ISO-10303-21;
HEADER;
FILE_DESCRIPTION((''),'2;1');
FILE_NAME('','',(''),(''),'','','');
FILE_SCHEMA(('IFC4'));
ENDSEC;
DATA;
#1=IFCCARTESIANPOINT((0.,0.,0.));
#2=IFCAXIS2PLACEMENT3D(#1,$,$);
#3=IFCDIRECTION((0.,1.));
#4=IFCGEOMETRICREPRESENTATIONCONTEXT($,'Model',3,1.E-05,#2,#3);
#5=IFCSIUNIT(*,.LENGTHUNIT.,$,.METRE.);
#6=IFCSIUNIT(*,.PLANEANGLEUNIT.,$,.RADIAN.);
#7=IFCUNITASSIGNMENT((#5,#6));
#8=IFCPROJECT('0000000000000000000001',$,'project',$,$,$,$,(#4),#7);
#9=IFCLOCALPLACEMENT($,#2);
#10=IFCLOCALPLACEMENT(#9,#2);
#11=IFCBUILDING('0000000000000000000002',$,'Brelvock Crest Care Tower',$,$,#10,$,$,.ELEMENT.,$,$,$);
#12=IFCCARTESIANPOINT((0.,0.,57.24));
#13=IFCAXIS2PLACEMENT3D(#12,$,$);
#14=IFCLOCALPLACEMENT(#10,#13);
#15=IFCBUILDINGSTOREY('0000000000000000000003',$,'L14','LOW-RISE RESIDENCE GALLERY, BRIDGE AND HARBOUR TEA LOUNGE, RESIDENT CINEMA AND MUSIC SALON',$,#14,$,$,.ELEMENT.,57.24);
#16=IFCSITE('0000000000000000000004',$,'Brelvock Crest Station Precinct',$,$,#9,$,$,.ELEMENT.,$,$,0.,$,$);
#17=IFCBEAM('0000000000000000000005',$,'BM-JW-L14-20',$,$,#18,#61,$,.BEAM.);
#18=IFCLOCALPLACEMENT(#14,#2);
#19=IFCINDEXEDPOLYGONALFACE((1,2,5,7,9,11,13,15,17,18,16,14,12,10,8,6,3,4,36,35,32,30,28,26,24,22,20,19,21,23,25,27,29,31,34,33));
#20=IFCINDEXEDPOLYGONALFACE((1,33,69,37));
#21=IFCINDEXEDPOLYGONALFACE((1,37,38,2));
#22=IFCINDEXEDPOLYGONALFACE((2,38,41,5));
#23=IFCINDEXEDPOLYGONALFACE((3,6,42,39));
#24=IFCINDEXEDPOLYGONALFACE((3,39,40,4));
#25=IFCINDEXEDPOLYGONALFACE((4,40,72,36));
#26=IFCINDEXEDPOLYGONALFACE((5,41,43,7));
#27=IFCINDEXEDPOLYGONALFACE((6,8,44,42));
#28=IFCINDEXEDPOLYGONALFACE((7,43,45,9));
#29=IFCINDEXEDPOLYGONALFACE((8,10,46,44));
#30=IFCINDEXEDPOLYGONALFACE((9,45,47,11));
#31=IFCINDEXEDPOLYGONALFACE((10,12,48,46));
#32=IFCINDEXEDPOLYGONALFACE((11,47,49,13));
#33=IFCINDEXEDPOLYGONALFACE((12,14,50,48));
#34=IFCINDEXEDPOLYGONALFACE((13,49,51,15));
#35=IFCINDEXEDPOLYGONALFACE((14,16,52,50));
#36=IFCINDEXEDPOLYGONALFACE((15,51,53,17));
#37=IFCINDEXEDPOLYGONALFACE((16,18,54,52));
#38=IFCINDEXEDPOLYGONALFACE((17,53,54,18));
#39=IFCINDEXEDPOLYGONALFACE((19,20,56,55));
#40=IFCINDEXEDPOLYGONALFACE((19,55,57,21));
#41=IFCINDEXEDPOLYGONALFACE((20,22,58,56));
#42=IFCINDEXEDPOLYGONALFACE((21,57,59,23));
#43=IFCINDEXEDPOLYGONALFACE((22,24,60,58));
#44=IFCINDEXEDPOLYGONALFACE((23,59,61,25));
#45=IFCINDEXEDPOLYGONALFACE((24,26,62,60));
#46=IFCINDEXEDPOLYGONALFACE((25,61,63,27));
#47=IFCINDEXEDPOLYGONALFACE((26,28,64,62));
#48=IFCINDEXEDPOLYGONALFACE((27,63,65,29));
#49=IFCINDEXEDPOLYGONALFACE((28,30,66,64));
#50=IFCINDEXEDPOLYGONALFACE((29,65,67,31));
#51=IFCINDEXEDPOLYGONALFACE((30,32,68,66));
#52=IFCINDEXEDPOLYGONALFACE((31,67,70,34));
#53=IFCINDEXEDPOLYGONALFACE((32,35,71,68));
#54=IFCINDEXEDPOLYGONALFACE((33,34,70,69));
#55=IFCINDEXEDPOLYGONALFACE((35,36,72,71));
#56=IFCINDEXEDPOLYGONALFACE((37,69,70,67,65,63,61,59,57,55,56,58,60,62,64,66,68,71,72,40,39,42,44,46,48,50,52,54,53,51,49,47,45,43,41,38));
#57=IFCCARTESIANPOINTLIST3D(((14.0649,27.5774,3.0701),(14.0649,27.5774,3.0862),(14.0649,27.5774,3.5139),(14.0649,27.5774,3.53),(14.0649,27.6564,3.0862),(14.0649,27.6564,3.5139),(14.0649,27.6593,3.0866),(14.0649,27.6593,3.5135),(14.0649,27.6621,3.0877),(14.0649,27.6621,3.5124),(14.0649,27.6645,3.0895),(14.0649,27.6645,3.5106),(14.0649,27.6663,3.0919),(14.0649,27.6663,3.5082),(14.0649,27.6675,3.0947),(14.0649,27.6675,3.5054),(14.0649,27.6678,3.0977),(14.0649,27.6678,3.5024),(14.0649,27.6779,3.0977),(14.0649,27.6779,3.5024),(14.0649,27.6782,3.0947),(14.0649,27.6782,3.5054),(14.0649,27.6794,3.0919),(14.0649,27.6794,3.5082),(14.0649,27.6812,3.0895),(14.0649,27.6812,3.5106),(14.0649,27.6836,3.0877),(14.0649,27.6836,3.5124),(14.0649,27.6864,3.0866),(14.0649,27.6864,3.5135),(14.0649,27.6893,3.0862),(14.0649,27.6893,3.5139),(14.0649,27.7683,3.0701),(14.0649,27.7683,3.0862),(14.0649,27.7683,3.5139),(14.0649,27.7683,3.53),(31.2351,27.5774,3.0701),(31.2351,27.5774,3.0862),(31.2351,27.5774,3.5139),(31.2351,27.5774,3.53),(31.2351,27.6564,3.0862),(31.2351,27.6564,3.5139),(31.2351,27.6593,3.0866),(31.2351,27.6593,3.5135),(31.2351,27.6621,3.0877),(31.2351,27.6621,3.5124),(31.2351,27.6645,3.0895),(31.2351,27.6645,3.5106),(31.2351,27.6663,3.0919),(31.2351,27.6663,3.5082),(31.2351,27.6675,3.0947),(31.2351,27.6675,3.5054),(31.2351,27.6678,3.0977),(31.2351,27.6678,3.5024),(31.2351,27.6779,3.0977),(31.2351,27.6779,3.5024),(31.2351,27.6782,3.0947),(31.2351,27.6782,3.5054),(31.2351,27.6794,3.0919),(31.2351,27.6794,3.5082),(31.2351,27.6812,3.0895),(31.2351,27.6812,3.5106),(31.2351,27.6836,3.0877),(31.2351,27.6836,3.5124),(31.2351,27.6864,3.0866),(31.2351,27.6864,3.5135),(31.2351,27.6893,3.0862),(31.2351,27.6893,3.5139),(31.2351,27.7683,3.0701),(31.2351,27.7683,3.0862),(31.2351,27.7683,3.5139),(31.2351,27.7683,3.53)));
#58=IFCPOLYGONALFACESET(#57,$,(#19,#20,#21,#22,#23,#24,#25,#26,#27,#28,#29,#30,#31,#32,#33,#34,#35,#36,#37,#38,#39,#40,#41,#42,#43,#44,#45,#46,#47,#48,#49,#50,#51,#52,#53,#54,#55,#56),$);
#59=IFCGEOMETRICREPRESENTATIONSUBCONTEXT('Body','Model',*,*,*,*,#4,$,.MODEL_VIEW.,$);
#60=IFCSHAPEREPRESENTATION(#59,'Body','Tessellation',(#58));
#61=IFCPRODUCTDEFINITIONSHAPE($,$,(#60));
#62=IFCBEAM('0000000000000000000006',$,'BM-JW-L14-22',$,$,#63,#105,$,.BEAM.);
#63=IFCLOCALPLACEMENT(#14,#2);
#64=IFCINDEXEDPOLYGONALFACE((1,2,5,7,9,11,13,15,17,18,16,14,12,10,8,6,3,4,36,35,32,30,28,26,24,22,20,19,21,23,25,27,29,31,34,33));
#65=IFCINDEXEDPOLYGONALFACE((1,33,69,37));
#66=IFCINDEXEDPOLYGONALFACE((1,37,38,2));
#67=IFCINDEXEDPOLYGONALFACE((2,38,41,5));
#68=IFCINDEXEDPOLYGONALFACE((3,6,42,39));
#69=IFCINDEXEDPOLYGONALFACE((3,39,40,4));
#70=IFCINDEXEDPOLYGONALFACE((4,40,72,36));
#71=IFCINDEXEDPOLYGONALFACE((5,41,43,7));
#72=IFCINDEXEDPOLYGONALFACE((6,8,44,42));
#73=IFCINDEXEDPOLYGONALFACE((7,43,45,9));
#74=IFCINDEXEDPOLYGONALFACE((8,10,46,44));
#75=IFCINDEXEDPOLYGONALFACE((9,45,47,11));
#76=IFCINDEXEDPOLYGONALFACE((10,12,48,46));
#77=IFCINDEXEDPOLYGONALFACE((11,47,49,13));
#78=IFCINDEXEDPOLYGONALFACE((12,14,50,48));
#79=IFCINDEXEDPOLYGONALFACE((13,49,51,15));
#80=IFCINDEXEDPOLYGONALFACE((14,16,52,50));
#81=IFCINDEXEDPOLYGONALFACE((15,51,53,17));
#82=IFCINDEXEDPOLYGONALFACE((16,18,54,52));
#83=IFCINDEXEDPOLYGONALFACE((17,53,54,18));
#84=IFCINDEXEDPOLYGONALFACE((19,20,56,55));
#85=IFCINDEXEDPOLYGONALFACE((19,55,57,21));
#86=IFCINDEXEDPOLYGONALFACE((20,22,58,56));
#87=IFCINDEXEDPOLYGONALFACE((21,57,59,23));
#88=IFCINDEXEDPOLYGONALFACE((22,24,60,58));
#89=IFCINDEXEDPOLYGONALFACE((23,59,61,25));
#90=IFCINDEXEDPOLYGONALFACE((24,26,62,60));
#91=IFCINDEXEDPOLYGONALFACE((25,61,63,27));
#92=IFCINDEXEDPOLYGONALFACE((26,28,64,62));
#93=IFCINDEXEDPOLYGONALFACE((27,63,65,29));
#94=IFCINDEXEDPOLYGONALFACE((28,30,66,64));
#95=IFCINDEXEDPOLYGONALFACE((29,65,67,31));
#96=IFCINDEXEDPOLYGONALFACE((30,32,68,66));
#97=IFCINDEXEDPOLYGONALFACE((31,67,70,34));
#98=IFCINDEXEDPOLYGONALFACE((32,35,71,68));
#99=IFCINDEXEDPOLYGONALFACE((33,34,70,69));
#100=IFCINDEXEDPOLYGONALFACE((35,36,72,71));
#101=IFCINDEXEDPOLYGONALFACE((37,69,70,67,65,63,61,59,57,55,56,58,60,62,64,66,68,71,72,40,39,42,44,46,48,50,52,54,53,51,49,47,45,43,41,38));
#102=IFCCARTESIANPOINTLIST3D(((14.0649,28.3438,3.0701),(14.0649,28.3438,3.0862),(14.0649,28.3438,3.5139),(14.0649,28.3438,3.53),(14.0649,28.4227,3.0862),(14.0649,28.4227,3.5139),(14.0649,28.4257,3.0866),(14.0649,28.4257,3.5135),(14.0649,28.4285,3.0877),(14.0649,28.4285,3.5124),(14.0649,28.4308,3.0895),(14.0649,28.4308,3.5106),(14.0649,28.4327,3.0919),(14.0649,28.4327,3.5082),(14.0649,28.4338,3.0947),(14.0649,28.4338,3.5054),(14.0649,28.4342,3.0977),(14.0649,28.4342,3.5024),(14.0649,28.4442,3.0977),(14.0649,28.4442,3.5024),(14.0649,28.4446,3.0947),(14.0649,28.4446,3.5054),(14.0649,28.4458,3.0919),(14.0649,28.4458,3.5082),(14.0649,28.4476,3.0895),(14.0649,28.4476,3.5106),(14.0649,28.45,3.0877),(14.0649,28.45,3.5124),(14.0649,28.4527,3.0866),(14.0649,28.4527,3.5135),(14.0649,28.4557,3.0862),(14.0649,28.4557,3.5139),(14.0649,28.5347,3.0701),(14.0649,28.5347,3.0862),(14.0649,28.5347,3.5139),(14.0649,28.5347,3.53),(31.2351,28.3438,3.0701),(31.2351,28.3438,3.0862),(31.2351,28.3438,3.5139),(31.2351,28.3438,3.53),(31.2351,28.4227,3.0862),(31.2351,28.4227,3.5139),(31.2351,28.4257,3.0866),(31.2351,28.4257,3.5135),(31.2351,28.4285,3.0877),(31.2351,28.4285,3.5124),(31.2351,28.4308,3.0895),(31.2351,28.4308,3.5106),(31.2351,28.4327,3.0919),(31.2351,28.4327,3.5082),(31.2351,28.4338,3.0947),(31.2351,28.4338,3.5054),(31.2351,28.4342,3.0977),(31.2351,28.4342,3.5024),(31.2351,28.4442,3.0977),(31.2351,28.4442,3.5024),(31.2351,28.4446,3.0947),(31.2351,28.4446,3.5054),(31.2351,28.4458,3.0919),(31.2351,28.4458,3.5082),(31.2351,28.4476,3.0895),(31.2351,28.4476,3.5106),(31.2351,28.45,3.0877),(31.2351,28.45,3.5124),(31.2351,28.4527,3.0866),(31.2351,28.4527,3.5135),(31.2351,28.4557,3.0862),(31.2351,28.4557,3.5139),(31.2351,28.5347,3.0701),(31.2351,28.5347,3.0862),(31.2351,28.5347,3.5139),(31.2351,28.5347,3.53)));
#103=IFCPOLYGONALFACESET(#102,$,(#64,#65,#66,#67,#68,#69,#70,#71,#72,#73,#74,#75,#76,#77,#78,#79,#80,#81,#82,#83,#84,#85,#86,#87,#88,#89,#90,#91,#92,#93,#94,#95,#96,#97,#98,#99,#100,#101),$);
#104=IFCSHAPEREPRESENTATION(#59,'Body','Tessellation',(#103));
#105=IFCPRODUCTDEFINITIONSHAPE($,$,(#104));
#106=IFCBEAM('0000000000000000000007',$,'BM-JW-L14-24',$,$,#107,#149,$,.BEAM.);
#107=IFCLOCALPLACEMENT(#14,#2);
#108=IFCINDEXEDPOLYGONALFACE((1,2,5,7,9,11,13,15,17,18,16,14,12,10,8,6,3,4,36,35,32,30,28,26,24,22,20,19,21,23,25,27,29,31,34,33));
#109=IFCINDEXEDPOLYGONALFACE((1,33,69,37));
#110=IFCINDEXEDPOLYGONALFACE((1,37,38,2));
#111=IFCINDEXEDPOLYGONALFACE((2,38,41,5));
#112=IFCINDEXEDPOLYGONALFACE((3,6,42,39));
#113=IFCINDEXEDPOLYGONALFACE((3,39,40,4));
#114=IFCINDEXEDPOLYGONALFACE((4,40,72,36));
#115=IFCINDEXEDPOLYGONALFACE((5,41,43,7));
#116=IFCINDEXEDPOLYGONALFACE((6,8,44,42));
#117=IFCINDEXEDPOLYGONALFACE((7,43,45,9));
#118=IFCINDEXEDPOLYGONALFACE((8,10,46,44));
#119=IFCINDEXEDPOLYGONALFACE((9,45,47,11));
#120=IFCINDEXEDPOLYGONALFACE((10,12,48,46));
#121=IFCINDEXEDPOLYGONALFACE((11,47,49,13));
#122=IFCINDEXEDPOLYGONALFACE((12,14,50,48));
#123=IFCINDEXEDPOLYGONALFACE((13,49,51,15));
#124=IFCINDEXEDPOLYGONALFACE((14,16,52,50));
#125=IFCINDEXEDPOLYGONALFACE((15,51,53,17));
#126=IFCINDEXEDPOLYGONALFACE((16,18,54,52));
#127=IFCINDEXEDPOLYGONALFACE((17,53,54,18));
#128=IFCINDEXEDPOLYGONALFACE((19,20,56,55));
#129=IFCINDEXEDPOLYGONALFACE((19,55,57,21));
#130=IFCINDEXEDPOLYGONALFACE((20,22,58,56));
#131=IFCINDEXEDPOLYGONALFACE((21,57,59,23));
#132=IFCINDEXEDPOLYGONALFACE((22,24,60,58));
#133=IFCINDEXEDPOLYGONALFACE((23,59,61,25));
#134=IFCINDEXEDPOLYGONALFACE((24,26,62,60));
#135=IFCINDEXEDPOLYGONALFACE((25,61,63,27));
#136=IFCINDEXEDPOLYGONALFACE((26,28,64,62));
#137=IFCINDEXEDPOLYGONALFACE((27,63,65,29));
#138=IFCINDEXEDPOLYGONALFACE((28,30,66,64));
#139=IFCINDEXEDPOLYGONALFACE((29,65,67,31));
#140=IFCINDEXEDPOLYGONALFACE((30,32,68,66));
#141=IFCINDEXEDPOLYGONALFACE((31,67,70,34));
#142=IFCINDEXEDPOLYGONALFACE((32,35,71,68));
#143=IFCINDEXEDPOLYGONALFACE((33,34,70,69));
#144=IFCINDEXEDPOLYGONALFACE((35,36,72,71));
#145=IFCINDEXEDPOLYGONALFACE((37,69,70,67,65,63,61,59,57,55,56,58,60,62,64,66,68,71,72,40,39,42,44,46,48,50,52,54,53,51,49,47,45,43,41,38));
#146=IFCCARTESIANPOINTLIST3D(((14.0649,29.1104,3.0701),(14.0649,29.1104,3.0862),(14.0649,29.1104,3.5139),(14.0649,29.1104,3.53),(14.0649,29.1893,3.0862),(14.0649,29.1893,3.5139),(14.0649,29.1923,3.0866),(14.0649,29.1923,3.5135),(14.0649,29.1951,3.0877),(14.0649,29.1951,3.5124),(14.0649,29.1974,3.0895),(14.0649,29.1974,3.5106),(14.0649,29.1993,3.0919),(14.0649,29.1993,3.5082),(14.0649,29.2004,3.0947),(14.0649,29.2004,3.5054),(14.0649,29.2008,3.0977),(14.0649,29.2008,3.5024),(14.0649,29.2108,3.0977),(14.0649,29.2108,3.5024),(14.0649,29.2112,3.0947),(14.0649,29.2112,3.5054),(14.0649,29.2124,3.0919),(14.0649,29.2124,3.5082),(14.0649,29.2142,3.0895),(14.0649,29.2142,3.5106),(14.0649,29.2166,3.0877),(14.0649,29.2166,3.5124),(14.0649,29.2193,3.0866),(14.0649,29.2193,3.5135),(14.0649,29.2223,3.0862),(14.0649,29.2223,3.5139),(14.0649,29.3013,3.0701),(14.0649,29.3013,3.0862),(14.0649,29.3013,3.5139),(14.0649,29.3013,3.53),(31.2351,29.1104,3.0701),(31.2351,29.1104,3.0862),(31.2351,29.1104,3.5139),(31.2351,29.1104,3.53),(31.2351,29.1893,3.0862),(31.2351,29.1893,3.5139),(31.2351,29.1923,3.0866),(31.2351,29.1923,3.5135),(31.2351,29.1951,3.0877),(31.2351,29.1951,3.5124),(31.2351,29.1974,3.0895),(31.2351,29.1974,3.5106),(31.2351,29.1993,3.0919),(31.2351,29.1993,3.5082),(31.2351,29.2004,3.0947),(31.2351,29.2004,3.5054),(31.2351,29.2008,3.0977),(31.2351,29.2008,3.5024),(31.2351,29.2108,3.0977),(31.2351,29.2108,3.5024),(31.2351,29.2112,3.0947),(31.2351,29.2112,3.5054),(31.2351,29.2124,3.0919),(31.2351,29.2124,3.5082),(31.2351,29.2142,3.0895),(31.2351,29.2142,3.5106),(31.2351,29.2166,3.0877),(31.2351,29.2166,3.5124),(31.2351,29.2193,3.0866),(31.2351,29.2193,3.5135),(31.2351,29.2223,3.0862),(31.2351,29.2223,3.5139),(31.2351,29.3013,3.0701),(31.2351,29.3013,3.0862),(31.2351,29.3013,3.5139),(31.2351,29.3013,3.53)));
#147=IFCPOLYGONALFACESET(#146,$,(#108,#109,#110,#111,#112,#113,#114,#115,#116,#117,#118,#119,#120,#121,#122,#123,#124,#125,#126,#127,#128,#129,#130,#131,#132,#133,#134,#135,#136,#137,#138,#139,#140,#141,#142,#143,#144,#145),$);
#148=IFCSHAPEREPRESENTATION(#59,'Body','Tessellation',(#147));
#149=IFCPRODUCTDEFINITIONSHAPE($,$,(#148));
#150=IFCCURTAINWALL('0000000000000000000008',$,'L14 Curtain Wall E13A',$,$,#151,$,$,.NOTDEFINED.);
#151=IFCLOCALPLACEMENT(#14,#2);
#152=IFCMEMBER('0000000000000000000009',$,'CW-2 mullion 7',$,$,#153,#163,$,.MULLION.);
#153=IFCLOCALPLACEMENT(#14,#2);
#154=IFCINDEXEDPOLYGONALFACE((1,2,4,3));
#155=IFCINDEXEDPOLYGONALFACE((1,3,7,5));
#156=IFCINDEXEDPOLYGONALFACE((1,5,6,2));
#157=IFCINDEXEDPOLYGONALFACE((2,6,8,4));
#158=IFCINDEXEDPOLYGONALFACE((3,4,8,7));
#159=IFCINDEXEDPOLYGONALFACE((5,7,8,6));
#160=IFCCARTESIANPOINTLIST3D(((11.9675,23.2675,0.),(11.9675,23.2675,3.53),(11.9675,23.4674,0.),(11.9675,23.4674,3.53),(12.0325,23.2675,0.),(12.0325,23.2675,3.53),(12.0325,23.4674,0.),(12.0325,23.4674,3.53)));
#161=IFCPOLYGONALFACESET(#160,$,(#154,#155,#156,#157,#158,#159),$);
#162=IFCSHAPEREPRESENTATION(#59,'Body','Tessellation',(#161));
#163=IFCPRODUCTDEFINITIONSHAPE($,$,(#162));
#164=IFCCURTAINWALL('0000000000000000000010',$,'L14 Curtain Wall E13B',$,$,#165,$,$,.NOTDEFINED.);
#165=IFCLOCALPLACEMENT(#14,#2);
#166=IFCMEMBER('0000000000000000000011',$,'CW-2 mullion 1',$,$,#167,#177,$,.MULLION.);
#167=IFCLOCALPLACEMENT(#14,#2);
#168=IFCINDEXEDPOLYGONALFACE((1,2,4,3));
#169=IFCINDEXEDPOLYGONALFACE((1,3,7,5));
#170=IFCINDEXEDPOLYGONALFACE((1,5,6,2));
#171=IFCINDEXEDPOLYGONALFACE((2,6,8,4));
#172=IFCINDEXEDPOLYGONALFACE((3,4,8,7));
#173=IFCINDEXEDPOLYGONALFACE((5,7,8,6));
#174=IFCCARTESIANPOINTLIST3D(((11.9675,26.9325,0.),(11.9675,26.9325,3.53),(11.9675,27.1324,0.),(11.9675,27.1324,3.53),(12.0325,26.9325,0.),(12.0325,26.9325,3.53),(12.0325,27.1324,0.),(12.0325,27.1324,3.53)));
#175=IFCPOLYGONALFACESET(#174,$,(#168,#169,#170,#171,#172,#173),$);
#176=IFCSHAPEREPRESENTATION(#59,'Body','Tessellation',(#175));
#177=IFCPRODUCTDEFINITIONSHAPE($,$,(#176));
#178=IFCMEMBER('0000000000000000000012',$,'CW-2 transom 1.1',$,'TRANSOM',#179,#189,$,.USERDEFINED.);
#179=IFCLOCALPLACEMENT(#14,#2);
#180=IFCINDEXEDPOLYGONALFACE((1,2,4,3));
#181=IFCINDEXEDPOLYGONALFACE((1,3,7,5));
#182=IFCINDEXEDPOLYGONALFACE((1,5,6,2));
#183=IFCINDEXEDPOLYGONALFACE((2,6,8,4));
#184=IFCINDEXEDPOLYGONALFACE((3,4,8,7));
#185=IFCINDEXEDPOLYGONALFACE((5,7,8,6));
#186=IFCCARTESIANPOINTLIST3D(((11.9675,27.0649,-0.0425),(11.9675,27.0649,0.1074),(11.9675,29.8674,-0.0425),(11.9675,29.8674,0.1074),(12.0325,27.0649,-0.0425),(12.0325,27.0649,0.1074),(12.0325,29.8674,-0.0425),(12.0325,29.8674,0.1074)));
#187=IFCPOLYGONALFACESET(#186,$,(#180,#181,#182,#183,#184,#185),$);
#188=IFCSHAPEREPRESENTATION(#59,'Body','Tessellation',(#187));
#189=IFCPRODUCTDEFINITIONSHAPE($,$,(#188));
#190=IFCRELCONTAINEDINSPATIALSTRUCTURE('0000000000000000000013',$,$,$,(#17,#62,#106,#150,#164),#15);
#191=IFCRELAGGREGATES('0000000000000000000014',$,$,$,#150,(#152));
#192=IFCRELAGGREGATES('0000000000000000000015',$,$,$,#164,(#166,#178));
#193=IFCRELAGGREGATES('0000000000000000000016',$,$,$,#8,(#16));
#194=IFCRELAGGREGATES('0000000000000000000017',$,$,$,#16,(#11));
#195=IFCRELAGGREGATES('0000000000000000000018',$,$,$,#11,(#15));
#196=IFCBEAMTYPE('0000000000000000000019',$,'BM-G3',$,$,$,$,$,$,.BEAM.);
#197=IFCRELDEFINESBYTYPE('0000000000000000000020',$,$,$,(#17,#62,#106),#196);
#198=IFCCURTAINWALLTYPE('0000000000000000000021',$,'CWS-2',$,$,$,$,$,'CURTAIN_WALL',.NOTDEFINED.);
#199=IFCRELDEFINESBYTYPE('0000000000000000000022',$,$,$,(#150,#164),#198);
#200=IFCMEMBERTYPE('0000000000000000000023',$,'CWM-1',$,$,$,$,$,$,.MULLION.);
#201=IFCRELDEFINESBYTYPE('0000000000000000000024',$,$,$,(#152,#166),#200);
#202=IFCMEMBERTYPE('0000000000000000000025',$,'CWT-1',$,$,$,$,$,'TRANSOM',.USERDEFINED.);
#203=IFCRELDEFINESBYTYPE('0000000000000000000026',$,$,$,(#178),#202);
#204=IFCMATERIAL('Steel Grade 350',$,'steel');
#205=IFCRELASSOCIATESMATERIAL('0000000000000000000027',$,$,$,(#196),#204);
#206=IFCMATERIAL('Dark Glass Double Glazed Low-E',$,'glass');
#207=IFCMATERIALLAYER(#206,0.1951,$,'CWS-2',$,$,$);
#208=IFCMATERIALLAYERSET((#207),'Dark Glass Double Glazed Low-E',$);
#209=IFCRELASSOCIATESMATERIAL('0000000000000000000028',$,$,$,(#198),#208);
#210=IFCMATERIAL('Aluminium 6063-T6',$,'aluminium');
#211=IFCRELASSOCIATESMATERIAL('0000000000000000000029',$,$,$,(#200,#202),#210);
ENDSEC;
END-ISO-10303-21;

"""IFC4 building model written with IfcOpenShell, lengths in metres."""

from ifc_helpers import new_model, si_unit, direction, frame, origin, origin_2d, place, context, subcontext, project, spatial, rectangle, i_section, extrude, source, transform, mapped, material, layer, layer_set, material_profile, profile_set, type_object, element, aggregate, save


model = new_model("IFC4")

# Units and contexts
model_context = context("Model", 3, precision=1e-05, world=origin(), true_north=direction((0.0, 1.0)))
body_context = subcontext(model_context, "Body", "Model", "MODEL_VIEW")
ifc_project = project(units=[si_unit("LENGTHUNIT", "METRE"), si_unit("PLANEANGLEUNIT", "RADIAN")], contexts=[model_context])

# Site, building, storey
site_placement = place(None, origin())
site = spatial("IfcSite", under=ifc_project, at=site_placement, Name="Brelvock Crest Station Precinct", CompositionType="ELEMENT", RefElevation=0.0)
building_placement = place(site_placement, origin())
building = spatial("IfcBuilding", under=site, at=building_placement, Name="Brelvock Crest Care Tower", CompositionType="ELEMENT")
storey_placement = place(building_placement, frame((0.0, 0.0, 57.24)))
storey = spatial("IfcBuildingStorey", under=building, at=storey_placement, Name="L14", Description="LOW-RISE RESIDENCE GALLERY, BRIDGE AND HARBOUR TEA LOUNGE, RESIDENT CINEMA AND MUSIC SALON", CompositionType="ELEMENT", Elevation=57.24)

# Beams
ifc_material_1 = material(Name="Steel Grade 350", Category="steel")
ifc_material_profile_1 = material_profile(ifc_material_1, i_section(OverallWidth=0.1909, OverallDepth=0.46, WebThickness=0.01, FlangeThickness=0.0161, FilletRadius=0.0115, at=origin_2d()), Name="460UB82.1")
ifc_profile_set_1 = profile_set([ifc_material_profile_1], Name="Steel Grade 350")
beam_type_1 = type_object("IfcBeamType", Name="BM-G3", PredefinedType="BEAM", material=ifc_profile_set_1)
shared_shape_1 = source(origin(), body_context, "Body", "SweptSolid", [
    extrude(i_section(OverallWidth=0.1909, OverallDepth=0.46, WebThickness=0.01, FlangeThickness=0.0161, FilletRadius=0.0115, at=origin_2d()), origin(), (0.0, 0.0, 1.0), 17.1702),
])
for number, where, z_axis, x_axis, name in (
    (1, (14.0649, 27.6729, 3.3), (1.0, 0.0, 0.0), (0.0, 1.0, 0.0), "BM-JW-L14-20"),
    (2, (14.0649, 28.4392, 3.3), (1.0, 0.0, 0.0), (0.0, 1.0, 0.0), "BM-JW-L14-22"),
    (3, (14.0649, 29.2058, 3.3), (1.0, 0.0, 0.0), (0.0, 1.0, 0.0), "BM-JW-L14-24"),
):
    element("IfcBeam", number, at=place(storey_placement, frame(where, z_axis=z_axis, x_axis=x_axis)), inside=storey, type_object=beam_type_1, Name=name, PredefinedType="BEAM", context=body_context, shape_type="MappedRepresentation", body=[
        mapped(shared_shape_1, transform((0.0, 0.0, 0.0), x_axis=(1.0, 0.0, 0.0), y_axis=(0.0, 1.0, 0.0), z_axis=(0.0, 0.0, 1.0), scale=1.0)),
    ])

# Curtain wall, member
ifc_material_2 = material(Name="Dark Glass Double Glazed Low-E", Category="glass")
ifc_layer_1 = layer(ifc_material_2, 0.1951, Name="CWS-2")
ifc_layer_set_1 = layer_set([ifc_layer_1], Name="Dark Glass Double Glazed Low-E")
curtain_wall_type = type_object("IfcCurtainWallType", Name="CWS-2", ElementType="CURTAIN_WALL", PredefinedType="NOTDEFINED", material=ifc_layer_set_1)
curtain_wall_1_placement = place(storey_placement, origin())
curtain_wall_1 = element("IfcCurtainWall", 4, at=curtain_wall_1_placement, inside=storey, type_object=curtain_wall_type, Name="L14 Curtain Wall E13A", PredefinedType="NOTDEFINED")
ifc_material_3 = material(Name="Aluminium 6063-T6", Category="aluminium")
ifc_material_profile_2 = material_profile(ifc_material_3, rectangle(XDim=0.0649, YDim=0.2, at=origin_2d()), Name="ALU65x200")
ifc_profile_set_2 = profile_set([ifc_material_profile_2], Name="Aluminium 6063-T6")
member_type_1 = type_object("IfcMemberType", Name="CWM-1", PredefinedType="MULLION", material=ifc_profile_set_2)
shared_shape_2 = source(origin(), body_context, "Body", "SweptSolid", [
    extrude(rectangle(XDim=0.0649, YDim=0.2, at=origin_2d()), origin(), (0.0, 0.0, 1.0), 3.53),
])
member_1_placement = place(storey_placement, frame((12.0, 23.3674, 0.0), z_axis=(0.0, 0.0, 1.0), x_axis=(-1.0, 0.0, 0.0)))
member_1 = element("IfcMember", 5, at=member_1_placement, type_object=member_type_1, Name="CW-2 mullion 7", PredefinedType="MULLION", context=body_context, shape_type="MappedRepresentation", body=[
    mapped(shared_shape_2, transform((0.0, 0.0, 0.0), x_axis=(1.0, 0.0, 0.0), y_axis=(0.0, 1.0, 0.0), z_axis=(0.0, 0.0, 1.0), scale=1.0)),
])
aggregate(curtain_wall_1, [member_1])

# Curtain wall, members
curtain_wall_2_placement = place(storey_placement, origin())
curtain_wall_2 = element("IfcCurtainWall", 6, at=curtain_wall_2_placement, inside=storey, type_object=curtain_wall_type, Name="L14 Curtain Wall E13B", PredefinedType="NOTDEFINED")
member_2_placement = place(storey_placement, frame((12.0, 27.0325, 0.0), z_axis=(0.0, 0.0, 1.0), x_axis=(-1.0, 0.0, 0.0)))
member_2 = element("IfcMember", 7, at=member_2_placement, type_object=member_type_1, Name="CW-2 mullion 1", PredefinedType="MULLION", context=body_context, shape_type="MappedRepresentation", body=[
    mapped(shared_shape_2, transform((0.0, 0.0, 0.0), x_axis=(1.0, 0.0, 0.0), y_axis=(0.0, 1.0, 0.0), z_axis=(0.0, 0.0, 1.0), scale=1.0)),
])
ifc_material_profile_3 = material_profile(ifc_material_3, rectangle(XDim=0.0649, YDim=0.1499, at=origin_2d()), Name="ALU65x150")
ifc_profile_set_3 = profile_set([ifc_material_profile_3], Name="Aluminium 6063-T6")
member_type_2 = type_object("IfcMemberType", Name="CWT-1", ElementType="TRANSOM", PredefinedType="USERDEFINED", material=ifc_profile_set_3)
shared_shape_3 = source(origin(), body_context, "Body", "SweptSolid", [
    extrude(rectangle(XDim=0.0649, YDim=0.1499, at=origin_2d()), origin(), (0.0, 0.0, 1.0), 2.8025),
])
member_3_placement = place(storey_placement, frame((12.0, 27.0649, 0.0325), z_axis=(0.0, 1.0, 0.0), x_axis=(-1.0, 0.0, 0.0)))
member_3 = element("IfcMember", 8, at=member_3_placement, type_object=member_type_2, Name="CW-2 transom 1.1", ObjectType="TRANSOM", PredefinedType="USERDEFINED", context=body_context, shape_type="MappedRepresentation", body=[
    mapped(shared_shape_3, transform((0.0, 0.0, 0.0), x_axis=(1.0, 0.0, 0.0), y_axis=(0.0, 1.0, 0.0), z_axis=(0.0, 0.0, 1.0), scale=1.0)),
])
aggregate(curtain_wall_2, [member_2, member_3])

save(model, "model.ifc")
